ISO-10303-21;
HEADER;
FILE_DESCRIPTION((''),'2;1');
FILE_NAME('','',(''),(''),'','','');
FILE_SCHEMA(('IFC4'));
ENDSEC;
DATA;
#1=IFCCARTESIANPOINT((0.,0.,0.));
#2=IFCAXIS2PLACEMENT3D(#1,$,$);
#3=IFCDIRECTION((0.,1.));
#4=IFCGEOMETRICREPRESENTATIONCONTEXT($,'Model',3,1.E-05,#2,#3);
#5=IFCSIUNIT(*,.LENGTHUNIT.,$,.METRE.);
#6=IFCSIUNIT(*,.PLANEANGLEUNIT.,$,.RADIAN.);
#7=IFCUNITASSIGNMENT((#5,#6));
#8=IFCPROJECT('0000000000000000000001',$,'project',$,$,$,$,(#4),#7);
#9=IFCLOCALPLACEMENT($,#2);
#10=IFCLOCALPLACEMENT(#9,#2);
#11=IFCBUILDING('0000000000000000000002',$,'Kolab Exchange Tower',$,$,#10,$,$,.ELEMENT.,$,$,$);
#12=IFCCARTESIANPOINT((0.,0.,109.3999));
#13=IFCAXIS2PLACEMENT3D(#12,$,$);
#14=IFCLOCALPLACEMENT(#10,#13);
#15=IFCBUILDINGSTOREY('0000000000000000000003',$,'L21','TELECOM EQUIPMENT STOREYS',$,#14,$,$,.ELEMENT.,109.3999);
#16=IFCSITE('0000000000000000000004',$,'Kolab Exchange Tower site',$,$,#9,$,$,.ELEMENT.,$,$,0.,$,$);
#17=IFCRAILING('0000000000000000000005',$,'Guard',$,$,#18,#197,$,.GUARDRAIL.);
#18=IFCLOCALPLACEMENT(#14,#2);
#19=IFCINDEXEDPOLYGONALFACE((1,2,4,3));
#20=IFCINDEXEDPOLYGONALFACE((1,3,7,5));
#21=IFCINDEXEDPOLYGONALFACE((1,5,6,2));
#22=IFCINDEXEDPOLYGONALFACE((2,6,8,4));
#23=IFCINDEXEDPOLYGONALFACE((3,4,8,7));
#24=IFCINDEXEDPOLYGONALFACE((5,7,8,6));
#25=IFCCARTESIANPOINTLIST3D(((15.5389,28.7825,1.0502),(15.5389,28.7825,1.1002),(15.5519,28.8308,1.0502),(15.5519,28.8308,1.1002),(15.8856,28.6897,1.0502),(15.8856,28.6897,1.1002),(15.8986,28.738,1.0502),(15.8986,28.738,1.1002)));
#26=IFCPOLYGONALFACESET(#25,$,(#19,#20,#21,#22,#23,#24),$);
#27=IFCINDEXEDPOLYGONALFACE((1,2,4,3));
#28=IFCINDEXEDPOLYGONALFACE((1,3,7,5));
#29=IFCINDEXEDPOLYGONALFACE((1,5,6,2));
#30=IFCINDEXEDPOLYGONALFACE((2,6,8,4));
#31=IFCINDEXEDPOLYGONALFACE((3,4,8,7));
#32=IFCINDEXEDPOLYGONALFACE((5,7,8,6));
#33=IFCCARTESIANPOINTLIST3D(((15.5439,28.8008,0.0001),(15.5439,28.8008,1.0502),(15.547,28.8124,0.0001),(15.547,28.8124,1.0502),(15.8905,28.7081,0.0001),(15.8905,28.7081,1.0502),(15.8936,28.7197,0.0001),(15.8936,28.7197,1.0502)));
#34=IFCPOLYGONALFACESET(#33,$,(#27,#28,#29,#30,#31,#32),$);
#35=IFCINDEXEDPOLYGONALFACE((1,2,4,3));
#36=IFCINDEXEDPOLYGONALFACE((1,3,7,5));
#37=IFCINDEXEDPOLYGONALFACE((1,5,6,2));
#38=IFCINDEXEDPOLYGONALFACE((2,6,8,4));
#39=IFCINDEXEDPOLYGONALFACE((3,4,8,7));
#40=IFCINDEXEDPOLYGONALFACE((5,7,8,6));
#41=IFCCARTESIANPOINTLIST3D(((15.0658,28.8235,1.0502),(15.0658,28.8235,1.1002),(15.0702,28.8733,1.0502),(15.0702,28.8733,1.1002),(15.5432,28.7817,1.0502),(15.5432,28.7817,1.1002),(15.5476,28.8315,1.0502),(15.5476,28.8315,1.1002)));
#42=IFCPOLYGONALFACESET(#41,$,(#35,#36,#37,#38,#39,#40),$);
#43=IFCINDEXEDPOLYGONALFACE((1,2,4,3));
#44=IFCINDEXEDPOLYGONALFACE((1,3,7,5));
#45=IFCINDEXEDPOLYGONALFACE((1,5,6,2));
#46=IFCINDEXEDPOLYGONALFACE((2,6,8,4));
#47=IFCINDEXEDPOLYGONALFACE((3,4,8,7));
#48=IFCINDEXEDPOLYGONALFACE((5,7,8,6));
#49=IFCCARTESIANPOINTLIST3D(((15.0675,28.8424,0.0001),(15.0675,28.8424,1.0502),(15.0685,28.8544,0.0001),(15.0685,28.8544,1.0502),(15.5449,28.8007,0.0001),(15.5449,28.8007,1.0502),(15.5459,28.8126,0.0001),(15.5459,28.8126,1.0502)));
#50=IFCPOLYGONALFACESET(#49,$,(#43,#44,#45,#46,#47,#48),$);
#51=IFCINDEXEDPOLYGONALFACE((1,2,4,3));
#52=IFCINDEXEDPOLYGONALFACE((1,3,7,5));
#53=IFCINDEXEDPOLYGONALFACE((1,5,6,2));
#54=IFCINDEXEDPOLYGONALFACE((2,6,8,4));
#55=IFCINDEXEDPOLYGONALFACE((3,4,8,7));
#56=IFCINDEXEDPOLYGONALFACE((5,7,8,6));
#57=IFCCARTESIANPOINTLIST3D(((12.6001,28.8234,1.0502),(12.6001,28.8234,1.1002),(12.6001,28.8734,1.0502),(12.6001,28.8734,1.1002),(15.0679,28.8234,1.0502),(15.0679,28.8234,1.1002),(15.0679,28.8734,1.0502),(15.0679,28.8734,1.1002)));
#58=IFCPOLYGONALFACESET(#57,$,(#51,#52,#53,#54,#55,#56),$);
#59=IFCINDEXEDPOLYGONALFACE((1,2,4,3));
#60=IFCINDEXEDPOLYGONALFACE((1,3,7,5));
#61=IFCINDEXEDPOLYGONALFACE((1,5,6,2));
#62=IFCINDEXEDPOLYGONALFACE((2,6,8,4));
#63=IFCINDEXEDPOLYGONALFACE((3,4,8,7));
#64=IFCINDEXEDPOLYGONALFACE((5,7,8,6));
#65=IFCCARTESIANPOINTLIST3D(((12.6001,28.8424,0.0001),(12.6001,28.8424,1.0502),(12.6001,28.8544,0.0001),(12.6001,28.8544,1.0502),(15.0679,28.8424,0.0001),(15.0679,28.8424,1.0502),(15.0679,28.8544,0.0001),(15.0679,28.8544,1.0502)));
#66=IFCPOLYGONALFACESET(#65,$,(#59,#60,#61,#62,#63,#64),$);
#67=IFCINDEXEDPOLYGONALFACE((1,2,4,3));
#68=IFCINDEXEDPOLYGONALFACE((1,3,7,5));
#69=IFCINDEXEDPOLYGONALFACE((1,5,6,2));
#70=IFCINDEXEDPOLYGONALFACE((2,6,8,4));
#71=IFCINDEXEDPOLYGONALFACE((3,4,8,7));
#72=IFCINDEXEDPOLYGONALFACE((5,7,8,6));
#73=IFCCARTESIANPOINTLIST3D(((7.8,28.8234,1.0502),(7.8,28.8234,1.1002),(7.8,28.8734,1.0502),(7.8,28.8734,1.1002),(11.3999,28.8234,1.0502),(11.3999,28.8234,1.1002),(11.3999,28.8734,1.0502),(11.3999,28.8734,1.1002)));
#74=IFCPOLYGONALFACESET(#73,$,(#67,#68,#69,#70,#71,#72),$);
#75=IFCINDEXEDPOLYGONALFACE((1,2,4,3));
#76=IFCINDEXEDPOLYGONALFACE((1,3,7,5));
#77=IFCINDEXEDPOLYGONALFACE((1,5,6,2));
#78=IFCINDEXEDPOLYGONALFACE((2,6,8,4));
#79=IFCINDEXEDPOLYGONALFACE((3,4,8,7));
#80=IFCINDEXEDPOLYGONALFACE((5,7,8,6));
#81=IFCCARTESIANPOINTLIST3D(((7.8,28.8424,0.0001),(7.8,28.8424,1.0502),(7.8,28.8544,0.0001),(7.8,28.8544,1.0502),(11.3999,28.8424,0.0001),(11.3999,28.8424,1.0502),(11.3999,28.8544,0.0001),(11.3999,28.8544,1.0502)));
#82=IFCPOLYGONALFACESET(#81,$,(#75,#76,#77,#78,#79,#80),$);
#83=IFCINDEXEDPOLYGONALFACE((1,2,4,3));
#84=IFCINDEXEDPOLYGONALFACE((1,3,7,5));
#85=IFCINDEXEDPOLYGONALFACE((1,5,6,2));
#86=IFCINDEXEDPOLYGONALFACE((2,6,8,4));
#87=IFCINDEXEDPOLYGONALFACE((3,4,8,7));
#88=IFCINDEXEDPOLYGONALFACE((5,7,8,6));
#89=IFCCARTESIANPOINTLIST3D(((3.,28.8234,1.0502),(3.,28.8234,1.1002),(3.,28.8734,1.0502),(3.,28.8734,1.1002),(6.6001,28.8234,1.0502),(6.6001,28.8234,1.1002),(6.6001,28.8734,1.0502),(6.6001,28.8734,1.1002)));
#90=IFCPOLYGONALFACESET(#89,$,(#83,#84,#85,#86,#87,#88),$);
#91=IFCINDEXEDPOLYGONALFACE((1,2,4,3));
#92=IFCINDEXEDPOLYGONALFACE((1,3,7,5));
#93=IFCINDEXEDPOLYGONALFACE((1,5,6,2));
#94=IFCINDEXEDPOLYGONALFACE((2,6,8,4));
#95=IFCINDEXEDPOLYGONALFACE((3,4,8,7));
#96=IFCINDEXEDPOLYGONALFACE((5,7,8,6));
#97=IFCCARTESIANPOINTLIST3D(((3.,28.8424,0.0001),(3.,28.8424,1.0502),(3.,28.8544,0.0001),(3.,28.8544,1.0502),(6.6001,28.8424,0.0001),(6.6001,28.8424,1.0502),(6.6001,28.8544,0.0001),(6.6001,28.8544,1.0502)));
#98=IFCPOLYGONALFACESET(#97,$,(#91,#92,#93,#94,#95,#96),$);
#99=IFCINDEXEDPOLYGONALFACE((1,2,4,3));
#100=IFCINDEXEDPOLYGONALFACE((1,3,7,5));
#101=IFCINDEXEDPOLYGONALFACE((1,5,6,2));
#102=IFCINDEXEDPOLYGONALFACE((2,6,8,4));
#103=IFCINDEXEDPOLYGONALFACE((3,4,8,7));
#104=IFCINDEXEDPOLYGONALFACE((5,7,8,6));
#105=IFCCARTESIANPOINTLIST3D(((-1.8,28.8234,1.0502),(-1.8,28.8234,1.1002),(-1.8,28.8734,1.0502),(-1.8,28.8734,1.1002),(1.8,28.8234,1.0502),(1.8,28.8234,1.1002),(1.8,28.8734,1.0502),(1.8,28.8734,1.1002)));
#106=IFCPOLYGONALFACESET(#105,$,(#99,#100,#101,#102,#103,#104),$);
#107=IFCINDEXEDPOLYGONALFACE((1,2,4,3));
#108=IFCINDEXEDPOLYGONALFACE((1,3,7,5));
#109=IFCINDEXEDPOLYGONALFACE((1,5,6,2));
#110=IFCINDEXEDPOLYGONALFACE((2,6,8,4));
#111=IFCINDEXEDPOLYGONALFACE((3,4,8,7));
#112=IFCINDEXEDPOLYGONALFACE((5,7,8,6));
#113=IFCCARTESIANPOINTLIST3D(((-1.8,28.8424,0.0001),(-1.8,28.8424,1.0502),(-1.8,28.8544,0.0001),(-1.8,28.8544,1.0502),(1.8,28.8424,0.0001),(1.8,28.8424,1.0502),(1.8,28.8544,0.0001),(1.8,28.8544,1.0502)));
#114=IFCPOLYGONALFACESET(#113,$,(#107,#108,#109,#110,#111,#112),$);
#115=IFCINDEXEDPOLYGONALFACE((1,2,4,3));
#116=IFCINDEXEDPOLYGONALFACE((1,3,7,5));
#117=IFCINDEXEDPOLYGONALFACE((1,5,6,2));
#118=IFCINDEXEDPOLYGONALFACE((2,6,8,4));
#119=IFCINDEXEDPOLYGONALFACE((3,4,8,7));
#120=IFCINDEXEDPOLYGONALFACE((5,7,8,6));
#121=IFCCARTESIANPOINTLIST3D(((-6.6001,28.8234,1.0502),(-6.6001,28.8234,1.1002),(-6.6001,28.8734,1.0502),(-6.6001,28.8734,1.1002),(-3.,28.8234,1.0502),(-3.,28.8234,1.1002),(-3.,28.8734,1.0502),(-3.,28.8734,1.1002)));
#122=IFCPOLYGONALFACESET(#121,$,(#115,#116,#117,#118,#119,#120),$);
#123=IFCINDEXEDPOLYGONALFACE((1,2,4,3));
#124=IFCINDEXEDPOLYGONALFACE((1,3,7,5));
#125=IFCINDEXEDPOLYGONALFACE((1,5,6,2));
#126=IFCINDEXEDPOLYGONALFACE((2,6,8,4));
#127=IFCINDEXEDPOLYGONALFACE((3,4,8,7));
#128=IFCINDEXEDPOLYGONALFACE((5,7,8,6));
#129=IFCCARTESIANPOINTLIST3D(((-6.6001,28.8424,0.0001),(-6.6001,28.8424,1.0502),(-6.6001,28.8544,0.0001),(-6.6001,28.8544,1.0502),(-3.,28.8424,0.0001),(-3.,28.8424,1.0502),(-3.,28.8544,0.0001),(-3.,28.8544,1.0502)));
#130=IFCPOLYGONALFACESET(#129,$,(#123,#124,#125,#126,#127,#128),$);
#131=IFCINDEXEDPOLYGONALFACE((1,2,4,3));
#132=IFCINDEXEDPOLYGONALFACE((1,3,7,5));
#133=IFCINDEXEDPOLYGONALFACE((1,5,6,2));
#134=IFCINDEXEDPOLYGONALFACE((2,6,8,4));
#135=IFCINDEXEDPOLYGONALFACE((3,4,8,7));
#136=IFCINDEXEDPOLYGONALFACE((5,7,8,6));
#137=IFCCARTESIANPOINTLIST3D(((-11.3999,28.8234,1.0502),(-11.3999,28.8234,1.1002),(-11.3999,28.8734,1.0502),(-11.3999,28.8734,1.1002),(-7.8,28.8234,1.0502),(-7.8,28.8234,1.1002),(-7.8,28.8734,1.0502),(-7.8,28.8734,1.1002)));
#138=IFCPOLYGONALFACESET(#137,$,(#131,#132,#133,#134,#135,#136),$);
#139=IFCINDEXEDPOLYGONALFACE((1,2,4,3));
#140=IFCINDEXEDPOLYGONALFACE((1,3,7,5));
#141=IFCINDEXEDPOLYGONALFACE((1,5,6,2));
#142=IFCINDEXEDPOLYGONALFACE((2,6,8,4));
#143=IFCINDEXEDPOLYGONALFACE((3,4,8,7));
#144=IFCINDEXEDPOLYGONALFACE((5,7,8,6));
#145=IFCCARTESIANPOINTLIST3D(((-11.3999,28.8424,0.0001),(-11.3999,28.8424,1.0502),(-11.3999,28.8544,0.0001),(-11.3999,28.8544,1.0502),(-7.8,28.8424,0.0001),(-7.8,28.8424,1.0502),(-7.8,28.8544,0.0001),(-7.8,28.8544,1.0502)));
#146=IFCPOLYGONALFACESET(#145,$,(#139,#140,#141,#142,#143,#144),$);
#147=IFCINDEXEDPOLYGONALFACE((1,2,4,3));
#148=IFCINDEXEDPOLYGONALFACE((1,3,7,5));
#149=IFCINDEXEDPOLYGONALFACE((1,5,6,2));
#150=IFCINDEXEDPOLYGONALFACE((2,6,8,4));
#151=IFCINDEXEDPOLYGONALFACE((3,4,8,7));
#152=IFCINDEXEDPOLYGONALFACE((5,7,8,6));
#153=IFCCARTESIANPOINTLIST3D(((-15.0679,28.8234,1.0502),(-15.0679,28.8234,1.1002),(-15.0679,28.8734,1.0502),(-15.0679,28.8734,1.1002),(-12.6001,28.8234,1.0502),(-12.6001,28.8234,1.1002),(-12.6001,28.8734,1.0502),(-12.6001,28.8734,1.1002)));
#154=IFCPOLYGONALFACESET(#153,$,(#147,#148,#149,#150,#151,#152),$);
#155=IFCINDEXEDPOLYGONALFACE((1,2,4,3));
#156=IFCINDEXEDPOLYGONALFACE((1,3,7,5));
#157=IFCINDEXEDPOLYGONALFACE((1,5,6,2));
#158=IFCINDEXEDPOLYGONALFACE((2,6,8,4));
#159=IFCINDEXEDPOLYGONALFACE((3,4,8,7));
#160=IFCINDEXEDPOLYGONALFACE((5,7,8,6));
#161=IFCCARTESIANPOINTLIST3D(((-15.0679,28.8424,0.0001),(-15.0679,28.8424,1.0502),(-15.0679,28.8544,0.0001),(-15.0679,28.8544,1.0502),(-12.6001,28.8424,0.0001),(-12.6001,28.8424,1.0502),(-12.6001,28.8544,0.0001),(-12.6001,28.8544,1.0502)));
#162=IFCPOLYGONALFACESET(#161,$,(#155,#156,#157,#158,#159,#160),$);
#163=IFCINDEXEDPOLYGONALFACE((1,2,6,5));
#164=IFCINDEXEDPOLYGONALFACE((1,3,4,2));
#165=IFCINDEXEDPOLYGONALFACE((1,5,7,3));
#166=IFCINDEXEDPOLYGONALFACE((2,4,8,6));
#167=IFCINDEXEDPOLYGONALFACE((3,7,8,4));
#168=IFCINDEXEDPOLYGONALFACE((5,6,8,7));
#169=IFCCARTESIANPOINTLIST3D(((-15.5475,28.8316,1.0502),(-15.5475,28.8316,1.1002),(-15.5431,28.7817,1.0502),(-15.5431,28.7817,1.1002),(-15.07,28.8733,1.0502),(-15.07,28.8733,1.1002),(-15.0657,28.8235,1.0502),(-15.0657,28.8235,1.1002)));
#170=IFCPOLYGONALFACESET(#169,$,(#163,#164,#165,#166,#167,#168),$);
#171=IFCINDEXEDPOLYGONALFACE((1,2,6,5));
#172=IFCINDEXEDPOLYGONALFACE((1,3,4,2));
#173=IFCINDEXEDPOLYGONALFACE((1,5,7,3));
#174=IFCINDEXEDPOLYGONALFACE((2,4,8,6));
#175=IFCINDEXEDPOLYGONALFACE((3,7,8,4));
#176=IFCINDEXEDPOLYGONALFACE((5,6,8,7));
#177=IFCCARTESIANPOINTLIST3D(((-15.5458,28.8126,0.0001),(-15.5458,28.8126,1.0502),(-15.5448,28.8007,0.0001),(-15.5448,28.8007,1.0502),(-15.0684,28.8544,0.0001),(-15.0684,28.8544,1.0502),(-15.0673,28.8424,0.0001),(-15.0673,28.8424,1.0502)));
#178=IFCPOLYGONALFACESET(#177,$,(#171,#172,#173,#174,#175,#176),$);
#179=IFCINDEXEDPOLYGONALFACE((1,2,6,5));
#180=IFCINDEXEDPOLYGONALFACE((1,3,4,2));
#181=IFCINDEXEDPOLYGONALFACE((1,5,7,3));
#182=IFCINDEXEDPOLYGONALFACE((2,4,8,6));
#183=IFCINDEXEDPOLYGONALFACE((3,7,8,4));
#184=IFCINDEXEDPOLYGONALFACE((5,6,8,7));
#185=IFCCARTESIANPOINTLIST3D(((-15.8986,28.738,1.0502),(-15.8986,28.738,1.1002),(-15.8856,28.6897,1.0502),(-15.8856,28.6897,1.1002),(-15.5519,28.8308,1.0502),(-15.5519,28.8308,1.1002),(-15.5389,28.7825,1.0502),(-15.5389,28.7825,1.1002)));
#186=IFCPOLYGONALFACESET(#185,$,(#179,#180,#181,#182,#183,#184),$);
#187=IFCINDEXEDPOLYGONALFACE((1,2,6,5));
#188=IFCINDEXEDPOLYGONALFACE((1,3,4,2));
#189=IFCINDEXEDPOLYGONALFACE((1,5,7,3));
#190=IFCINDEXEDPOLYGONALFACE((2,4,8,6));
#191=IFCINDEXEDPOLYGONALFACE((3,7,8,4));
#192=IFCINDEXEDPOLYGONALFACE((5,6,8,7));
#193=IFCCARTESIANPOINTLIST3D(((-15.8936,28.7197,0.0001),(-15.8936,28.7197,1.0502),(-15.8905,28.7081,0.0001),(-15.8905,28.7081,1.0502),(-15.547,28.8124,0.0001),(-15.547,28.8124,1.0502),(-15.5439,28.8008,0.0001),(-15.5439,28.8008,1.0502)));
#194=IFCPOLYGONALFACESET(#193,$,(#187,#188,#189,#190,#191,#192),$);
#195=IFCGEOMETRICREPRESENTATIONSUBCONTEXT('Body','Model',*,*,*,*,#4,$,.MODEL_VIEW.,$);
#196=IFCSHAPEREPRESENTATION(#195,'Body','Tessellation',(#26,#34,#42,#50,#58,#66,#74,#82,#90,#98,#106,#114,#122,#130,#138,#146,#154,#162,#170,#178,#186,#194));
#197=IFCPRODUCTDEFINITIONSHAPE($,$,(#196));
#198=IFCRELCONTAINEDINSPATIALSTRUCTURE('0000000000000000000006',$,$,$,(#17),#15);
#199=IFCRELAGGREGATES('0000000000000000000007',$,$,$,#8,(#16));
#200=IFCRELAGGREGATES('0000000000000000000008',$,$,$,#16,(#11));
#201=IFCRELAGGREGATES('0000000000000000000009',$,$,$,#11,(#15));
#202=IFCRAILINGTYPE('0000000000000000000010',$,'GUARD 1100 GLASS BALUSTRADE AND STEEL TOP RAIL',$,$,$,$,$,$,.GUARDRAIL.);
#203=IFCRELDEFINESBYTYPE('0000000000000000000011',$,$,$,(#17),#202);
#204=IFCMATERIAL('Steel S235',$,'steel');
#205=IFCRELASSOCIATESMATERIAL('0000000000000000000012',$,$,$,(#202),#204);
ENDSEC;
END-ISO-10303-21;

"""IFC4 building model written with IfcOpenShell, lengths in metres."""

from ifc_helpers import new_model, si_unit, direction, frame, frame_2d, origin, origin_2d, place, context, subcontext, project, spatial, rectangle, extrude, material, type_object, element, save


model = new_model("IFC4")

# Units and contexts
model_context = context("Model", 3, precision=1e-05, world=origin(), true_north=direction((0.0, 1.0)))
body_context = subcontext(model_context, "Body", "Model", "MODEL_VIEW")
ifc_project = project(units=[si_unit("LENGTHUNIT", "METRE"), si_unit("PLANEANGLEUNIT", "RADIAN")], contexts=[model_context])

# Site, building, storey
site_placement = place(None, origin())
site = spatial("IfcSite", under=ifc_project, at=site_placement, Name="Kolab Exchange Tower site", CompositionType="ELEMENT", RefElevation=0.0)
building_placement = place(site_placement, origin())
building = spatial("IfcBuilding", under=site, at=building_placement, Name="Kolab Exchange Tower", CompositionType="ELEMENT")
storey_placement = place(building_placement, frame((0.0, 0.0, 109.3999)))
storey = spatial("IfcBuildingStorey", under=building, at=storey_placement, Name="L21", Description="TELECOM EQUIPMENT STOREYS", CompositionType="ELEMENT", Elevation=109.3999)

# Railing
ifc_material_1 = material(Name="Steel S235", Category="steel")
railing_type = type_object("IfcRailingType", Name="GUARD 1100 GLASS BALUSTRADE AND STEEL TOP RAIL", PredefinedType="GUARDRAIL", material=ifc_material_1)
railing_placement = place(storey_placement, frame((15.8921, 28.7139, 0.0)))
element("IfcRailing", 1, at=railing_placement, inside=storey, type_object=railing_type, Name="Guard", PredefinedType="GUARDRAIL", context=body_context, shape_type="SweptSolid", body=[
    extrude(rectangle(XDim=0.05, YDim=0.05, at=origin_2d()), frame((0.0, 0.0, 1.0752), z_axis=(-0.966009, 0.258509, 0.0), x_axis=(-0.258509, -0.966009, 0.0)), (0.0, 0.0, 1.0), 0.3589),
    extrude(rectangle(XDim=0.012, YDim=1.0501, at=frame_2d((0.0, 0.5251))), frame((0.0, 0.0, 0.0), z_axis=(-0.966009, 0.258509, 0.0), x_axis=(-0.258509, -0.966009, 0.0)), (0.0, 0.0, 1.0), 0.3589),
    extrude(rectangle(XDim=0.05, YDim=0.05, at=origin_2d()), frame((-0.3467, 0.0928, 1.0752), z_axis=(-0.9962, 0.087091, 0.0), x_axis=(-0.087091, -0.9962, 0.0)), (0.0, 0.0, 1.0), 0.4792),
    extrude(rectangle(XDim=0.012, YDim=1.0501, at=frame_2d((0.0, 0.5251))), frame((-0.3467, 0.0928, 0.0), z_axis=(-0.9962, 0.087091, 0.0), x_axis=(-0.087091, -0.9962, 0.0)), (0.0, 0.0, 1.0), 0.4792),
    extrude(rectangle(XDim=0.05, YDim=0.05, at=origin_2d()), frame((-0.8242, 0.1345, 1.0752), z_axis=(-1.0, 0.0, 0.0), x_axis=(0.0, -1.0, 0.0)), (0.0, 0.0, 1.0), 2.4678),
    extrude(rectangle(XDim=0.012, YDim=1.0501, at=frame_2d((0.0, 0.5251))), frame((-0.8242, 0.1345, 0.0), z_axis=(-1.0, 0.0, 0.0), x_axis=(0.0, -1.0, 0.0)), (0.0, 0.0, 1.0), 2.4678),
    extrude(rectangle(XDim=0.05, YDim=0.05, at=origin_2d()), frame((-4.4922, 0.1345, 1.0752), z_axis=(-1.0, 0.0, 0.0), x_axis=(0.0, -1.0, 0.0)), (0.0, 0.0, 1.0), 3.5999),
    extrude(rectangle(XDim=0.012, YDim=1.0501, at=frame_2d((0.0, 0.5251))), frame((-4.4922, 0.1345, 0.0), z_axis=(-1.0, 0.0, 0.0), x_axis=(0.0, -1.0, 0.0)), (0.0, 0.0, 1.0), 3.5999),
    extrude(rectangle(XDim=0.05, YDim=0.05, at=origin_2d()), frame((-9.292, 0.1345, 1.0752), z_axis=(-1.0, 0.0, 0.0), x_axis=(0.0, -1.0, 0.0)), (0.0, 0.0, 1.0), 3.6001),
    extrude(rectangle(XDim=0.012, YDim=1.0501, at=frame_2d((0.0, 0.5251))), frame((-9.292, 0.1345, 0.0), z_axis=(-1.0, 0.0, 0.0), x_axis=(0.0, -1.0, 0.0)), (0.0, 0.0, 1.0), 3.6001),
    extrude(rectangle(XDim=0.05, YDim=0.05, at=origin_2d()), frame((-14.092, 0.1345, 1.0752), z_axis=(-1.0, 0.0, 0.0), x_axis=(0.0, -1.0, 0.0)), (0.0, 0.0, 1.0), 3.6001),
    extrude(rectangle(XDim=0.012, YDim=1.0501, at=frame_2d((0.0, 0.5251))), frame((-14.092, 0.1345, 0.0), z_axis=(-1.0, 0.0, 0.0), x_axis=(0.0, -1.0, 0.0)), (0.0, 0.0, 1.0), 3.6001),
    extrude(rectangle(XDim=0.05, YDim=0.05, at=origin_2d()), frame((-18.8921, 0.1345, 1.0752), z_axis=(-1.0, 0.0, 0.0), x_axis=(0.0, -1.0, 0.0)), (0.0, 0.0, 1.0), 3.6001),
    extrude(rectangle(XDim=0.012, YDim=1.0501, at=frame_2d((0.0, 0.5251))), frame((-18.8921, 0.1345, 0.0), z_axis=(-1.0, 0.0, 0.0), x_axis=(0.0, -1.0, 0.0)), (0.0, 0.0, 1.0), 3.6001),
    extrude(rectangle(XDim=0.05, YDim=0.05, at=origin_2d()), frame((-23.6921, 0.1345, 1.0752), z_axis=(-1.0, 0.0, 0.0), x_axis=(0.0, -1.0, 0.0)), (0.0, 0.0, 1.0), 3.5999),
    extrude(rectangle(XDim=0.012, YDim=1.0501, at=frame_2d((0.0, 0.5251))), frame((-23.6921, 0.1345, 0.0), z_axis=(-1.0, 0.0, 0.0), x_axis=(0.0, -1.0, 0.0)), (0.0, 0.0, 1.0), 3.5999),
    extrude(rectangle(XDim=0.05, YDim=0.05, at=origin_2d()), frame((-28.4922, 0.1345, 1.0752), z_axis=(-1.0, 0.0, 0.0), x_axis=(0.0, -1.0, 0.0)), (0.0, 0.0, 1.0), 2.4678),
    extrude(rectangle(XDim=0.012, YDim=1.0501, at=frame_2d((0.0, 0.5251))), frame((-28.4922, 0.1345, 0.0), z_axis=(-1.0, 0.0, 0.0), x_axis=(0.0, -1.0, 0.0)), (0.0, 0.0, 1.0), 2.4678),
    extrude(rectangle(XDim=0.05, YDim=0.05, at=origin_2d()), frame((-30.96, 0.1345, 1.0752), z_axis=(-0.9962, -0.087091, 0.0), x_axis=(0.087091, -0.9962, 0.0)), (0.0, 0.0, 1.0), 0.4792),
    extrude(rectangle(XDim=0.012, YDim=1.0501, at=frame_2d((0.0, 0.5251))), frame((-30.96, 0.1345, 0.0), z_axis=(-0.9962, -0.087091, 0.0), x_axis=(0.087091, -0.9962, 0.0)), (0.0, 0.0, 1.0), 0.4792),
    extrude(rectangle(XDim=0.05, YDim=0.05, at=origin_2d()), frame((-31.4375, 0.0928, 1.0752), z_axis=(-0.966009, -0.258509, 0.0), x_axis=(0.258509, -0.966009, 0.0)), (0.0, 0.0, 1.0), 0.3589),
    extrude(rectangle(XDim=0.012, YDim=1.0501, at=frame_2d((0.0, 0.5251))), frame((-31.4375, 0.0928, 0.0), z_axis=(-0.966009, -0.258509, 0.0), x_axis=(0.258509, -0.966009, 0.0)), (0.0, 0.0, 1.0), 0.3589),
])

save(model, "model.ifc")
